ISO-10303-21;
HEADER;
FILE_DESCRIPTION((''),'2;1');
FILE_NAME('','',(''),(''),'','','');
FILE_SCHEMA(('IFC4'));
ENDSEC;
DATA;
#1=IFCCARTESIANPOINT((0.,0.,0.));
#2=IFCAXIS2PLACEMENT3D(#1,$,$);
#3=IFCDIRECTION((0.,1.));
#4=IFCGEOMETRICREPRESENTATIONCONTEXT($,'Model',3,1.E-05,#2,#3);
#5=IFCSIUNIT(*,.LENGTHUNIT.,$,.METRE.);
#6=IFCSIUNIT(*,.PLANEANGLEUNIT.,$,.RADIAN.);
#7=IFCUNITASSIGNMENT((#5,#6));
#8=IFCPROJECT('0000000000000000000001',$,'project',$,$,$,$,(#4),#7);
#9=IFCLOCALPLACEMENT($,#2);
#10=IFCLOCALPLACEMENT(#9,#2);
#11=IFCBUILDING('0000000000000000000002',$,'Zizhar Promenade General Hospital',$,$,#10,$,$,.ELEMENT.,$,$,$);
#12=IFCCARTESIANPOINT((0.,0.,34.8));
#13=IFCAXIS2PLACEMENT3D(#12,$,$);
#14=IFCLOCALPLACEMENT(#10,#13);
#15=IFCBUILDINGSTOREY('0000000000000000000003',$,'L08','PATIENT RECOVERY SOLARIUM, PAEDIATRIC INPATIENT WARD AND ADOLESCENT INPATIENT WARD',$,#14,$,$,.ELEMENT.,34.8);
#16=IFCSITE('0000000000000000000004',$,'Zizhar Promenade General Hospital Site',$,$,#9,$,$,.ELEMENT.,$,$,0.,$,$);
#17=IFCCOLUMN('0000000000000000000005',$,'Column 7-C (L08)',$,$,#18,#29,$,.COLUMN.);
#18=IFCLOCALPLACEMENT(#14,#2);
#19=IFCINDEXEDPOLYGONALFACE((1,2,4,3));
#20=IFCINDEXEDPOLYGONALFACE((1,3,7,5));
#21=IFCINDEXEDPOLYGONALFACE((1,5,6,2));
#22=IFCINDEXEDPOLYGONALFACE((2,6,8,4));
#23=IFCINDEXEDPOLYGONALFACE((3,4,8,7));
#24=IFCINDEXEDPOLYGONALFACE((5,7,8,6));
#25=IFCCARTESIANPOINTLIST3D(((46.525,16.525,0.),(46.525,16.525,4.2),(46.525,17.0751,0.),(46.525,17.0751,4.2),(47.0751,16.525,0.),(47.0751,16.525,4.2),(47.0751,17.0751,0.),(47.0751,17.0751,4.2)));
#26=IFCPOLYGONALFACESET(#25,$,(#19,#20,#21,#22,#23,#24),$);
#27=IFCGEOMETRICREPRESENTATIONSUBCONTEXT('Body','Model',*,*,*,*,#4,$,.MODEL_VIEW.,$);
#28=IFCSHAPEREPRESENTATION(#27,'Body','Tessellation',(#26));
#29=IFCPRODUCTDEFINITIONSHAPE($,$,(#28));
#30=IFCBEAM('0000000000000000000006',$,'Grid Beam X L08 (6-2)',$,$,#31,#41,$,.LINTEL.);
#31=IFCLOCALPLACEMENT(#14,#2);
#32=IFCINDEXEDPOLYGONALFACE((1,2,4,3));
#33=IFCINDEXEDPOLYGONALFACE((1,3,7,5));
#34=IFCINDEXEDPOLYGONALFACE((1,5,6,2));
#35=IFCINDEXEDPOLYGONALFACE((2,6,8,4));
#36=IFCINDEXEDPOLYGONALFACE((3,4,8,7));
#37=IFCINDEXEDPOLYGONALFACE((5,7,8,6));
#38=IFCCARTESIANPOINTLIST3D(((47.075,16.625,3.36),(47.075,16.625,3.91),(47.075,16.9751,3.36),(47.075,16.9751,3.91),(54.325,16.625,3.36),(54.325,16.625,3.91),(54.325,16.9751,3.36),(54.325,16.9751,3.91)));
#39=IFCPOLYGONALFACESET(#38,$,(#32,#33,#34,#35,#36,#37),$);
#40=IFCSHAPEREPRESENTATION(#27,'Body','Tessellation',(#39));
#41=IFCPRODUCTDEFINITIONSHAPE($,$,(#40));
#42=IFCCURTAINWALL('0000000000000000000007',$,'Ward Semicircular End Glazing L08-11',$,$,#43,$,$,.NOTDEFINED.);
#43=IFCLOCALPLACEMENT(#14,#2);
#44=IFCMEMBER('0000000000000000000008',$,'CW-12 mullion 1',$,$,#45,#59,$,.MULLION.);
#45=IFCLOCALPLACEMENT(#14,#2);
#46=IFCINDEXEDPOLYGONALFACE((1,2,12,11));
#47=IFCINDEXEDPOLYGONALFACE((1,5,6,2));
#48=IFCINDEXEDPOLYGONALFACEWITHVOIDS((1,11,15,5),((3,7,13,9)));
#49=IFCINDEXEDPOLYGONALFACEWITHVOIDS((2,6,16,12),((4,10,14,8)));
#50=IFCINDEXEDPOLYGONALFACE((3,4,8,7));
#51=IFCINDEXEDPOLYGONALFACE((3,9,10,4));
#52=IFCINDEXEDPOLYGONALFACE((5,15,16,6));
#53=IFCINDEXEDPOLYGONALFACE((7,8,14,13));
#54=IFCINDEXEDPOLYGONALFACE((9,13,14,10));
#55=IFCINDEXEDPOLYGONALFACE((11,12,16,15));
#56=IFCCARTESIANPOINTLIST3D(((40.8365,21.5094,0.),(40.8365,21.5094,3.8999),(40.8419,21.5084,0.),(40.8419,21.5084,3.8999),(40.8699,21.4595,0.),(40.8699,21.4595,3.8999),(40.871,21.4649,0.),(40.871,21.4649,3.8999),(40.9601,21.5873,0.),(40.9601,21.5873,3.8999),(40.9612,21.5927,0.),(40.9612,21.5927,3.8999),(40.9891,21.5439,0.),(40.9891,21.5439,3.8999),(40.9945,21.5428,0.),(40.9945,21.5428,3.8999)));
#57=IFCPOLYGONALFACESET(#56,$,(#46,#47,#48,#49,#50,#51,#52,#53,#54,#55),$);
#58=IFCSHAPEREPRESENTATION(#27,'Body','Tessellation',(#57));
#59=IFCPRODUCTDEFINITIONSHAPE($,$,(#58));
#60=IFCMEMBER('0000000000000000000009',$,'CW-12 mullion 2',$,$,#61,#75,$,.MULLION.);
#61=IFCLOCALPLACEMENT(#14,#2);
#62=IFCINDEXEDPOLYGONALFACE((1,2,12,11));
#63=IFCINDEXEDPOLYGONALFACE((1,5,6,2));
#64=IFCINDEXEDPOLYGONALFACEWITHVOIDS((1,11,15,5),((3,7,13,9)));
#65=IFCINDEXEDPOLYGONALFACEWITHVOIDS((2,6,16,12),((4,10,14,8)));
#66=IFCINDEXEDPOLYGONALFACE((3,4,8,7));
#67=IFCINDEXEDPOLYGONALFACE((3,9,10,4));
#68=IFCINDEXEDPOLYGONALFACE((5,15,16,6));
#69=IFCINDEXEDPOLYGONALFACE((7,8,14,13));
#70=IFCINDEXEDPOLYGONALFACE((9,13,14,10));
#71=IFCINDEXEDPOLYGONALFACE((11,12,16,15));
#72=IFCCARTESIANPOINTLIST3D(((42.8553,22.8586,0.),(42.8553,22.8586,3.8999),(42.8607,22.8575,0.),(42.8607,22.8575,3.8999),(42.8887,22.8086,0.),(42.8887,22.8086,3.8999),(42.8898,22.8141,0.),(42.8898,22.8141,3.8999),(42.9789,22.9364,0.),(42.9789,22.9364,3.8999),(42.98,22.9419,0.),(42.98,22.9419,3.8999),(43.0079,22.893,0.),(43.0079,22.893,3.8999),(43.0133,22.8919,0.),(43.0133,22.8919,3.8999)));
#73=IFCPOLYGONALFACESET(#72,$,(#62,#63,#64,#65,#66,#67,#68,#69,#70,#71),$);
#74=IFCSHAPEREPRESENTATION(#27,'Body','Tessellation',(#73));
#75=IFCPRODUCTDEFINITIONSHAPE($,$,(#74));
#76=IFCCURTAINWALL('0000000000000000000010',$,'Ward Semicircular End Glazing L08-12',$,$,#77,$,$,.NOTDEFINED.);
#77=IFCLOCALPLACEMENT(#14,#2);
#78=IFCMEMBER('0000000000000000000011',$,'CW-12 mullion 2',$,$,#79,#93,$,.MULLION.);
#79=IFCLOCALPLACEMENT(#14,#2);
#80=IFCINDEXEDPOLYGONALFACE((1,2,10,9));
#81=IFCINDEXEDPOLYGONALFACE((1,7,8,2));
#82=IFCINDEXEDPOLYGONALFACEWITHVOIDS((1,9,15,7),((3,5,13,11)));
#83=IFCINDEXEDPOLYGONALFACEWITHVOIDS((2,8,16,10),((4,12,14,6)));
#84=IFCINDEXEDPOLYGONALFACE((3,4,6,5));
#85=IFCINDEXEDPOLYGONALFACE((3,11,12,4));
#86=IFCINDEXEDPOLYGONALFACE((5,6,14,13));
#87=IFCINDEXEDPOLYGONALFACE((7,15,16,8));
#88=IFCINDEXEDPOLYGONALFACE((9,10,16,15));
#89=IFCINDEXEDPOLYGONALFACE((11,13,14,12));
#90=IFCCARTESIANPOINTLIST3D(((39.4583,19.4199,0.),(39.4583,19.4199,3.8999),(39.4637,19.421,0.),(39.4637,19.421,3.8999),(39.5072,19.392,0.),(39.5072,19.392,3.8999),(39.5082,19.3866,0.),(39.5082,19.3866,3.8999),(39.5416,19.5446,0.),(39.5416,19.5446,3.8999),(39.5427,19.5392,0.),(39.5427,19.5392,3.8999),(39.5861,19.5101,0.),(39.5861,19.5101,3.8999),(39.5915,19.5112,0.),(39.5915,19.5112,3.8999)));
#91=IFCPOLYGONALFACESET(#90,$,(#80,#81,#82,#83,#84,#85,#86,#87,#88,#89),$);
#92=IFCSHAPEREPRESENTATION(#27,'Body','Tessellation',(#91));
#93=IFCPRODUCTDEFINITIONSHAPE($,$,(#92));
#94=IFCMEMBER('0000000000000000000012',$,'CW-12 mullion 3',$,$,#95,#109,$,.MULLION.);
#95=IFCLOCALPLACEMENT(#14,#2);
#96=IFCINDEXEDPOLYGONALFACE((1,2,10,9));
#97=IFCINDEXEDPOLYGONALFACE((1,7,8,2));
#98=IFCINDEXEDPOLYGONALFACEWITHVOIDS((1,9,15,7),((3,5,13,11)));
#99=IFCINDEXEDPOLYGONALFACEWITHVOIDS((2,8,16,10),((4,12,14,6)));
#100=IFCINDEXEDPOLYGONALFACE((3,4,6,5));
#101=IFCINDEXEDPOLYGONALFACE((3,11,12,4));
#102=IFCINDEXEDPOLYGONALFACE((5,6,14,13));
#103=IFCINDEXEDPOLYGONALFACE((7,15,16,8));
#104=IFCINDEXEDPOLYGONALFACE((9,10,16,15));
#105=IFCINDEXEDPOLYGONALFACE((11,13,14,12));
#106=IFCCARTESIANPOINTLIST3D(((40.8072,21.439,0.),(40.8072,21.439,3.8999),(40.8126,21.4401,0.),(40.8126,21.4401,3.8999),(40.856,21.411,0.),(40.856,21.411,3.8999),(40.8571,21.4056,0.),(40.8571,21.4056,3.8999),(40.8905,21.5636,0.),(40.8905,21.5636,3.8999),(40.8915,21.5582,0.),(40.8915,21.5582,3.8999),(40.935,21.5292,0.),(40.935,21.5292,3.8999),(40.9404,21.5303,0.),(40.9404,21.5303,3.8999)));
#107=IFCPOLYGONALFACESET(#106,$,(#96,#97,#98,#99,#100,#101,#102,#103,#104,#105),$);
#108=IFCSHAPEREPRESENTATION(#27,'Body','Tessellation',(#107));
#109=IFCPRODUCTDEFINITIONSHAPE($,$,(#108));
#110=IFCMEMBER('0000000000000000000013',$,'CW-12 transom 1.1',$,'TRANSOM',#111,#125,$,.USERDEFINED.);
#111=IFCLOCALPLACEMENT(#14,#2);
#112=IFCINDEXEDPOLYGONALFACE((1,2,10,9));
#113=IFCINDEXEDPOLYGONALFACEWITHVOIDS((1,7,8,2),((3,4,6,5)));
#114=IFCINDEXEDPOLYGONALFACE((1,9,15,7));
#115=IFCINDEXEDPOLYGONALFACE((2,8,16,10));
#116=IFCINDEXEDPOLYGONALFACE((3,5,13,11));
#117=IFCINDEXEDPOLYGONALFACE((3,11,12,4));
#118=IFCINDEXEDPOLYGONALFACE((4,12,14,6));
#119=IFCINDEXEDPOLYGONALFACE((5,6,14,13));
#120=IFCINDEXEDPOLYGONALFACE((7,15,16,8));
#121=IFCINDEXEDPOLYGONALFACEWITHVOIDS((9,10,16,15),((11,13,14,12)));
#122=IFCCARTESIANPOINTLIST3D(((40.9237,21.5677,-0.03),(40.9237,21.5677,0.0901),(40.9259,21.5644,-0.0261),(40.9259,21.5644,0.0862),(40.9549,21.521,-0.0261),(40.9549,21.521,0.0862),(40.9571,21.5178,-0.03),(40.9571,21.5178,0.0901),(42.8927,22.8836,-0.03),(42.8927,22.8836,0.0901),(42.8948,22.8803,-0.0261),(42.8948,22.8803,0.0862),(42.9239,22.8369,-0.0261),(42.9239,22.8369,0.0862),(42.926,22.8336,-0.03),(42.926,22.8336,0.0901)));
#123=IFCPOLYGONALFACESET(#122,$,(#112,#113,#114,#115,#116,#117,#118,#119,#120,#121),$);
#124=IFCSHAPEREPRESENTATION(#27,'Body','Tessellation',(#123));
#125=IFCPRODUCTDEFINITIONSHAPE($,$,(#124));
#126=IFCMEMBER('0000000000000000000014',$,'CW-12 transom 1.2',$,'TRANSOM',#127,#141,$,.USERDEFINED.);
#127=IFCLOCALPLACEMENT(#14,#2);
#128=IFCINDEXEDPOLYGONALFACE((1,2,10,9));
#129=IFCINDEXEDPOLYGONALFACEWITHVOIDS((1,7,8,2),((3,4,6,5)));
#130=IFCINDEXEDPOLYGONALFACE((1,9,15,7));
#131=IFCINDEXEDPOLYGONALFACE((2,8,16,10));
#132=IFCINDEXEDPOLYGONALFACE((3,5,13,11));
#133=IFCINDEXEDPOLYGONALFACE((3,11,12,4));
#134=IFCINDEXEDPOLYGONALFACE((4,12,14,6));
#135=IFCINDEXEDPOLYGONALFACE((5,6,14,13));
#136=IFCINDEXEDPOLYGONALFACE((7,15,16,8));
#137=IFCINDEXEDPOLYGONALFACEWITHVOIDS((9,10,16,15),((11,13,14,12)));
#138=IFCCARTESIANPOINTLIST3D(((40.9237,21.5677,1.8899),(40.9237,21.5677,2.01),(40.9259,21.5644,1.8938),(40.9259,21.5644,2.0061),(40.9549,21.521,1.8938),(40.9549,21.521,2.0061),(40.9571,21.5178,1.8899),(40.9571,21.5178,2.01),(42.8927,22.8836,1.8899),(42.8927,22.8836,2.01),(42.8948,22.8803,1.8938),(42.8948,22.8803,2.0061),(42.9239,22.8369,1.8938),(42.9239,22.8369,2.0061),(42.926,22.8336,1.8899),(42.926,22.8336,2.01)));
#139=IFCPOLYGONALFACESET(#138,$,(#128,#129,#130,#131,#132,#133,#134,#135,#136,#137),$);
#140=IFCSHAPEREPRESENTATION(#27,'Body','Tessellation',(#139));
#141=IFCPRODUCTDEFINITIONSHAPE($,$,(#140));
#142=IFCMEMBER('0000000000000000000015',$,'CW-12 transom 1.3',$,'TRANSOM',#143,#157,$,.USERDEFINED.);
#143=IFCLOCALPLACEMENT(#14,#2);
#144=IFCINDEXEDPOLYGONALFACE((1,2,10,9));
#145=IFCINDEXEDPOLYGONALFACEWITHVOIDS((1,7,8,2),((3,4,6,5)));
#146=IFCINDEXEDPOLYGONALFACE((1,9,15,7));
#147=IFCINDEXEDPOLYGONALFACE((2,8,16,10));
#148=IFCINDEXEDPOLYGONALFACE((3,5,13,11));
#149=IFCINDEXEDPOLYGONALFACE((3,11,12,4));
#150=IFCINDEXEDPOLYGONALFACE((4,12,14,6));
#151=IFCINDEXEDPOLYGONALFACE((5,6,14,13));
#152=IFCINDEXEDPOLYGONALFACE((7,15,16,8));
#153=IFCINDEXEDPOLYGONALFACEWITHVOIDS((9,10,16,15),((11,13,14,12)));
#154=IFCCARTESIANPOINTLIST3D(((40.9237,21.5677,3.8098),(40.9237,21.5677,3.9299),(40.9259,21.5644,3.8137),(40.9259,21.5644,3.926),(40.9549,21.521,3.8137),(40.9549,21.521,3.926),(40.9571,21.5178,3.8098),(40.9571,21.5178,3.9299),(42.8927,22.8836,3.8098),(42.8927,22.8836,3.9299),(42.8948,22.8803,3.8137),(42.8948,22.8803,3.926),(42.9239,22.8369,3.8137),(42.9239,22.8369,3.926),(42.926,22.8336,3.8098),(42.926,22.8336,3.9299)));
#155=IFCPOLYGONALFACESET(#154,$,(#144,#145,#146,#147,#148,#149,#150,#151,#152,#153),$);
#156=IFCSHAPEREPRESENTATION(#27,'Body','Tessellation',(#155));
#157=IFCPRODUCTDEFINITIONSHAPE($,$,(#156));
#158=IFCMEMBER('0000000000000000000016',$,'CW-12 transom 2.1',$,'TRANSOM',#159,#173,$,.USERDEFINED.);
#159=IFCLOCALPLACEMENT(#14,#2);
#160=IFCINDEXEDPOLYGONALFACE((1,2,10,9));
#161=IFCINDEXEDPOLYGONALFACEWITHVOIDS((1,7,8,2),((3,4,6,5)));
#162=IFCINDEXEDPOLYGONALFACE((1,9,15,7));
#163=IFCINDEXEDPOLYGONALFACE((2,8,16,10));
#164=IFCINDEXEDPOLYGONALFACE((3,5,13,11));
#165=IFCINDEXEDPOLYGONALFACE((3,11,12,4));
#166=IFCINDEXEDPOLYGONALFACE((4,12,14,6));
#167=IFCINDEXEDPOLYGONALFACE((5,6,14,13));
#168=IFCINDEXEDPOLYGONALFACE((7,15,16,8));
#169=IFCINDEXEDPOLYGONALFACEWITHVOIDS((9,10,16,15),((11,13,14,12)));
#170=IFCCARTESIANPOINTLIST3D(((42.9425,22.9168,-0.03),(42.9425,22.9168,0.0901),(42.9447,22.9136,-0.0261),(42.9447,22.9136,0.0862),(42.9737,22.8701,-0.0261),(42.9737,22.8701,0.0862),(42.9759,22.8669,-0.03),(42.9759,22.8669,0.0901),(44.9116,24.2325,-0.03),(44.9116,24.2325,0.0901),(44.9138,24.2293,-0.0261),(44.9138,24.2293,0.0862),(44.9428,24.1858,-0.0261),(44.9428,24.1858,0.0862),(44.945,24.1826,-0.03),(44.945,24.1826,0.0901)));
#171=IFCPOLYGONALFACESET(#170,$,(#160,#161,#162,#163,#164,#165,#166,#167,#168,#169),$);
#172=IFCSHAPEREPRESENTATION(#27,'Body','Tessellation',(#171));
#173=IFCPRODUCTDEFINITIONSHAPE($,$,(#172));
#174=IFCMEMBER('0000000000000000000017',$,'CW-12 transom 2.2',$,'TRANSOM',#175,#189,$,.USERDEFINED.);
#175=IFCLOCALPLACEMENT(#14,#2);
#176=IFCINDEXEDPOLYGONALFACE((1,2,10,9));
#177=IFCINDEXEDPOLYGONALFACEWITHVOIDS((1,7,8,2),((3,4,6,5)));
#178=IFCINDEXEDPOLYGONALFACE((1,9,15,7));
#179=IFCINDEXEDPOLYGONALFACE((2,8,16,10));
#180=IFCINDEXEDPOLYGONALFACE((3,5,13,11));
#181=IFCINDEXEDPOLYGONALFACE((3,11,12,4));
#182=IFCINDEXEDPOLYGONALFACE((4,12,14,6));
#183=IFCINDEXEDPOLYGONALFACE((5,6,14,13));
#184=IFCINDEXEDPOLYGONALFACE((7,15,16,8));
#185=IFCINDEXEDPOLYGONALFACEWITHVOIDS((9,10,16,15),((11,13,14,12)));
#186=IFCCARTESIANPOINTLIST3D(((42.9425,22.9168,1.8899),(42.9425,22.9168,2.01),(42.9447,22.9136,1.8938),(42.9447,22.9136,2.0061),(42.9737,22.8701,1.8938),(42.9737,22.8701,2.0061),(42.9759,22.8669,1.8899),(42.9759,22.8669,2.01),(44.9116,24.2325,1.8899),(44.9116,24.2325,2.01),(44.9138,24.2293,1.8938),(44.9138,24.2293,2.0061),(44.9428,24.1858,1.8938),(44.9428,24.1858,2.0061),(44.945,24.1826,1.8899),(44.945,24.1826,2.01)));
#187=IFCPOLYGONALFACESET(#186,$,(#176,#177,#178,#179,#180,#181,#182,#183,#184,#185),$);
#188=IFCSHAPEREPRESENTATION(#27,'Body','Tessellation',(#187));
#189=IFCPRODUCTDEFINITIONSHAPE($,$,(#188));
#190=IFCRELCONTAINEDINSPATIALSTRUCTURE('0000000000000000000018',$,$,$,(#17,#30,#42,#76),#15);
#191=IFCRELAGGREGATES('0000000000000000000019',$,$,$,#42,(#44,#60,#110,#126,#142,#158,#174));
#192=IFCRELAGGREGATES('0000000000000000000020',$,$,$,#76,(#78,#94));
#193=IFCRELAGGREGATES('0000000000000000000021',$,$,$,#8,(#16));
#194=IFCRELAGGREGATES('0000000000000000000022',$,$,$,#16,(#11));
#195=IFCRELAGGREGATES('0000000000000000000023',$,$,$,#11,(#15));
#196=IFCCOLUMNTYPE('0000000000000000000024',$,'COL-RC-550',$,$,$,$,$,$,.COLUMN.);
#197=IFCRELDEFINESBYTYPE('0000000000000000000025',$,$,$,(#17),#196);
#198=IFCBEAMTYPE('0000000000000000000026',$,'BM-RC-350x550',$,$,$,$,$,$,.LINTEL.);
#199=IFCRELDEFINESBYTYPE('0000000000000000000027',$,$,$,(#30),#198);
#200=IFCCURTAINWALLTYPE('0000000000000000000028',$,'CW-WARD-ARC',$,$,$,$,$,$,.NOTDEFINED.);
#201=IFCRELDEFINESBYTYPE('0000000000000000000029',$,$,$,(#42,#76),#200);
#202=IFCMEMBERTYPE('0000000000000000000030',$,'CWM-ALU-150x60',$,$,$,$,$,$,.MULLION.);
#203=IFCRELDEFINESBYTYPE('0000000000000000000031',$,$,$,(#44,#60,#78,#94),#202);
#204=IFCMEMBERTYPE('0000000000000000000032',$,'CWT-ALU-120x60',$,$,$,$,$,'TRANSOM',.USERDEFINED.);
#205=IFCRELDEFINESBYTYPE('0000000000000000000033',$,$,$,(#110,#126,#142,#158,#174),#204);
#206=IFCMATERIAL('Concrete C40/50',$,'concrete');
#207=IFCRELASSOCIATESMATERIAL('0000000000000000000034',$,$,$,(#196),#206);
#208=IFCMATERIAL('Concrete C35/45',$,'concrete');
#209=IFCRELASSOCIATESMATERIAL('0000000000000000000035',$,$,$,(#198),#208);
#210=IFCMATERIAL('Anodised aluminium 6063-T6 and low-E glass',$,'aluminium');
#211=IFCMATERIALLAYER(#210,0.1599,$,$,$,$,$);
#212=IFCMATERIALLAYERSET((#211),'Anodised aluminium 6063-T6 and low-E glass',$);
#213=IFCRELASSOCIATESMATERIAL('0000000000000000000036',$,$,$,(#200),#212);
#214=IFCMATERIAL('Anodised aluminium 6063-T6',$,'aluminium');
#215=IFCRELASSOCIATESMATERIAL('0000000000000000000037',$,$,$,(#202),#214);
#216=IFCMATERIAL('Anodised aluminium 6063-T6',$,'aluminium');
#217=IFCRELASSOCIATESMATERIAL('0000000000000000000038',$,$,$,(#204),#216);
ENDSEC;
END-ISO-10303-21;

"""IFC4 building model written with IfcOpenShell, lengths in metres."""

from ifc_helpers import new_model, si_unit, direction, frame, origin, origin_2d, place, context, subcontext, project, spatial, rectangle, hollow_rectangle, extrude, material, layer, layer_set, material_profile, profile_set, type_object, element, aggregate, save


model = new_model("IFC4")

# Units and contexts
model_context = context("Model", 3, precision=1e-05, world=origin(), true_north=direction((0.0, 1.0)))
body_context = subcontext(model_context, "Body", "Model", "MODEL_VIEW")
ifc_project = project(units=[si_unit("LENGTHUNIT", "METRE"), si_unit("PLANEANGLEUNIT", "RADIAN")], contexts=[model_context])

# Site, building, storey
site_placement = place(None, origin())
site = spatial("IfcSite", under=ifc_project, at=site_placement, Name="Zizhar Promenade General Hospital Site", CompositionType="ELEMENT", RefElevation=0.0)
building_placement = place(site_placement, origin())
building = spatial("IfcBuilding", under=site, at=building_placement, Name="Zizhar Promenade General Hospital", CompositionType="ELEMENT")
storey_placement = place(building_placement, frame((0.0, 0.0, 34.8)))
storey = spatial("IfcBuildingStorey", under=building, at=storey_placement, Name="L08", Description="PATIENT RECOVERY SOLARIUM, PAEDIATRIC INPATIENT WARD AND ADOLESCENT INPATIENT WARD", CompositionType="ELEMENT", Elevation=34.8)

# Column
ifc_material_1 = material(Name="Concrete C40/50", Category="concrete")
ifc_material_profile_1 = material_profile(ifc_material_1, rectangle(XDim=0.55, YDim=0.55, at=origin_2d()))
ifc_profile_set_1 = profile_set([ifc_material_profile_1], Name="Concrete C40/50")
column_type = type_object("IfcColumnType", Name="COL-RC-550", PredefinedType="COLUMN", material=ifc_profile_set_1)
column_placement = place(storey_placement, frame((46.8, 16.8, 0.0), z_axis=(0.0, 0.0, 1.0), x_axis=(1.0, 0.0, 0.0)))
element("IfcColumn", 1, at=column_placement, inside=storey, type_object=column_type, Name="Column 7-C (L08)", PredefinedType="COLUMN", context=body_context, shape_type="SweptSolid", body=[
    extrude(rectangle(XDim=0.55, YDim=0.55, at=origin_2d()), origin(), (0.0, 0.0, 1.0), 4.2),
])

# Beam
ifc_material_2 = material(Name="Concrete C35/45", Category="concrete")
ifc_material_profile_2 = material_profile(ifc_material_2, rectangle(XDim=0.3501, YDim=0.55, at=origin_2d()))
ifc_profile_set_2 = profile_set([ifc_material_profile_2], Name="Concrete C35/45")
beam_type = type_object("IfcBeamType", Name="BM-RC-350x550", PredefinedType="LINTEL", material=ifc_profile_set_2)
beam_placement = place(storey_placement, frame((47.075, 16.8, 3.635), z_axis=(1.0, 0.0, 0.0), x_axis=(0.0, 1.0, 0.0)))
element("IfcBeam", 2, at=beam_placement, inside=storey, type_object=beam_type, Name="Grid Beam X L08 (6-2)", PredefinedType="LINTEL", context=body_context, shape_type="SweptSolid", body=[
    extrude(rectangle(XDim=0.3501, YDim=0.55, at=origin_2d()), origin(), (0.0, 0.0, 1.0), 7.25),
])

# Curtain walls, members
ifc_material_3 = material(Name="Anodised aluminium 6063-T6 and low-E glass", Category="aluminium")
ifc_layer_1 = layer(ifc_material_3, 0.1599)
ifc_layer_set_1 = layer_set([ifc_layer_1], Name="Anodised aluminium 6063-T6 and low-E glass")
curtain_wall_type = type_object("IfcCurtainWallType", Name="CW-WARD-ARC", PredefinedType="NOTDEFINED", material=ifc_layer_set_1)
curtain_wall_1_placement = place(storey_placement, origin())
curtain_wall_1 = element("IfcCurtainWall", 3, at=curtain_wall_1_placement, inside=storey, type_object=curtain_wall_type, Name="Ward Semicircular End Glazing L08-11", PredefinedType="NOTDEFINED")
ifc_material_4 = material(Name="Anodised aluminium 6063-T6", Category="aluminium")
ifc_material_profile_3 = material_profile(ifc_material_4, hollow_rectangle(XDim=0.0601, YDim=0.1499, WallThickness=0.0039, at=origin_2d()))
ifc_profile_set_3 = profile_set([ifc_material_profile_3], Name="Anodised aluminium 6063-T6")
member_type_1 = type_object("IfcMemberType", Name="CWM-ALU-150x60", PredefinedType="MULLION", material=ifc_profile_set_3)
member_1_placement = place(storey_placement, frame((40.9155, 21.5261, 0.0), z_axis=(0.0, 0.0, 1.0), x_axis=(-0.555582, 0.831462, 0.0)))
member_1 = element("IfcMember", 4, at=member_1_placement, type_object=member_type_1, Name="CW-12 mullion 1", PredefinedType="MULLION", context=body_context, shape_type="SweptSolid", body=[
    extrude(hollow_rectangle(XDim=0.0601, YDim=0.1499, WallThickness=0.0039, at=origin_2d()), origin(), (0.0, 0.0, 1.0), 3.8999),
])
member_2_placement = place(storey_placement, frame((42.9343, 22.8752, 0.0), z_axis=(0.0, 0.0, 1.0), x_axis=(-0.555582, 0.831462, 0.0)))
member_2 = element("IfcMember", 5, at=member_2_placement, type_object=member_type_1, Name="CW-12 mullion 2", PredefinedType="MULLION", context=body_context, shape_type="SweptSolid", body=[
    extrude(hollow_rectangle(XDim=0.0601, YDim=0.1499, WallThickness=0.0039, at=origin_2d()), origin(), (0.0, 0.0, 1.0), 3.8999),
])
curtain_wall_2_placement = place(storey_placement, origin())
curtain_wall_2 = element("IfcCurtainWall", 6, at=curtain_wall_2_placement, inside=storey, type_object=curtain_wall_type, Name="Ward Semicircular End Glazing L08-12", PredefinedType="NOTDEFINED")
member_3_placement = place(storey_placement, frame((39.5249, 19.4656, 0.0), z_axis=(0.0, 0.0, 1.0), x_axis=(-0.831462, 0.555582, 0.0)))
member_3 = element("IfcMember", 7, at=member_3_placement, type_object=member_type_1, Name="CW-12 mullion 2", PredefinedType="MULLION", context=body_context, shape_type="SweptSolid", body=[
    extrude(hollow_rectangle(XDim=0.0601, YDim=0.1499, WallThickness=0.0039, at=origin_2d()), origin(), (0.0, 0.0, 1.0), 3.8999),
])
member_4_placement = place(storey_placement, frame((40.8738, 21.4846, 0.0), z_axis=(0.0, 0.0, 1.0), x_axis=(-0.831462, 0.555582, 0.0)))
member_4 = element("IfcMember", 8, at=member_4_placement, type_object=member_type_1, Name="CW-12 mullion 3", PredefinedType="MULLION", context=body_context, shape_type="SweptSolid", body=[
    extrude(hollow_rectangle(XDim=0.0601, YDim=0.1499, WallThickness=0.0039, at=origin_2d()), origin(), (0.0, 0.0, 1.0), 3.8999),
])

# Members
ifc_material_5 = material(Name="Anodised aluminium 6063-T6", Category="aluminium")
ifc_material_profile_4 = material_profile(ifc_material_5, hollow_rectangle(XDim=0.0601, YDim=0.1201, WallThickness=0.0039, at=origin_2d()))
ifc_profile_set_4 = profile_set([ifc_material_profile_4], Name="Anodised aluminium 6063-T6")
member_type_2 = type_object("IfcMemberType", Name="CWT-ALU-120x60", ElementType="TRANSOM", PredefinedType="USERDEFINED", material=ifc_profile_set_4)
member_5_placement = place(storey_placement, frame((40.9404, 21.5427, 0.03), z_axis=(0.831415, 0.555651, 0.0), x_axis=(-0.555651, 0.831415, 0.0)))
member_5 = element("IfcMember", 9, at=member_5_placement, type_object=member_type_2, Name="CW-12 transom 1.1", ObjectType="TRANSOM", PredefinedType="USERDEFINED", context=body_context, shape_type="SweptSolid", body=[
    extrude(hollow_rectangle(XDim=0.0601, YDim=0.1201, WallThickness=0.0039, at=origin_2d()), origin(), (0.0, 0.0, 1.0), 2.3682),
])
member_6_placement = place(storey_placement, frame((40.9404, 21.5427, 1.95), z_axis=(0.831415, 0.555651, 0.0), x_axis=(-0.555651, 0.831415, 0.0)))
member_6 = element("IfcMember", 10, at=member_6_placement, type_object=member_type_2, Name="CW-12 transom 1.2", ObjectType="TRANSOM", PredefinedType="USERDEFINED", context=body_context, shape_type="SweptSolid", body=[
    extrude(hollow_rectangle(XDim=0.0601, YDim=0.1201, WallThickness=0.0039, at=origin_2d()), origin(), (0.0, 0.0, 1.0), 2.3682),
])
member_7_placement = place(storey_placement, frame((40.9404, 21.5427, 3.8699), z_axis=(0.831415, 0.555651, 0.0), x_axis=(-0.555651, 0.831415, 0.0)))
member_7 = element("IfcMember", 11, at=member_7_placement, type_object=member_type_2, Name="CW-12 transom 1.3", ObjectType="TRANSOM", PredefinedType="USERDEFINED", context=body_context, shape_type="SweptSolid", body=[
    extrude(hollow_rectangle(XDim=0.0601, YDim=0.1201, WallThickness=0.0039, at=origin_2d()), origin(), (0.0, 0.0, 1.0), 2.3682),
])
member_8_placement = place(storey_placement, frame((42.9592, 22.8918, 0.03), z_axis=(0.831463, 0.55558, 0.0), x_axis=(-0.55558, 0.831463, 0.0)))
member_8 = element("IfcMember", 12, at=member_8_placement, type_object=member_type_2, Name="CW-12 transom 2.1", ObjectType="TRANSOM", PredefinedType="USERDEFINED", context=body_context, shape_type="SweptSolid", body=[
    extrude(hollow_rectangle(XDim=0.0601, YDim=0.1201, WallThickness=0.0039, at=origin_2d()), origin(), (0.0, 0.0, 1.0), 2.3682),
])
member_9_placement = place(storey_placement, frame((42.9592, 22.8918, 1.95), z_axis=(0.831463, 0.55558, 0.0), x_axis=(-0.55558, 0.831463, 0.0)))
member_9 = element("IfcMember", 13, at=member_9_placement, type_object=member_type_2, Name="CW-12 transom 2.2", ObjectType="TRANSOM", PredefinedType="USERDEFINED", context=body_context, shape_type="SweptSolid", body=[
    extrude(hollow_rectangle(XDim=0.0601, YDim=0.1201, WallThickness=0.0039, at=origin_2d()), origin(), (0.0, 0.0, 1.0), 2.3682),
])

aggregate(curtain_wall_1, [member_1, member_2, member_5, member_6, member_7, member_8, member_9])
aggregate(curtain_wall_2, [member_3, member_4])

save(model, "model.ifc")
